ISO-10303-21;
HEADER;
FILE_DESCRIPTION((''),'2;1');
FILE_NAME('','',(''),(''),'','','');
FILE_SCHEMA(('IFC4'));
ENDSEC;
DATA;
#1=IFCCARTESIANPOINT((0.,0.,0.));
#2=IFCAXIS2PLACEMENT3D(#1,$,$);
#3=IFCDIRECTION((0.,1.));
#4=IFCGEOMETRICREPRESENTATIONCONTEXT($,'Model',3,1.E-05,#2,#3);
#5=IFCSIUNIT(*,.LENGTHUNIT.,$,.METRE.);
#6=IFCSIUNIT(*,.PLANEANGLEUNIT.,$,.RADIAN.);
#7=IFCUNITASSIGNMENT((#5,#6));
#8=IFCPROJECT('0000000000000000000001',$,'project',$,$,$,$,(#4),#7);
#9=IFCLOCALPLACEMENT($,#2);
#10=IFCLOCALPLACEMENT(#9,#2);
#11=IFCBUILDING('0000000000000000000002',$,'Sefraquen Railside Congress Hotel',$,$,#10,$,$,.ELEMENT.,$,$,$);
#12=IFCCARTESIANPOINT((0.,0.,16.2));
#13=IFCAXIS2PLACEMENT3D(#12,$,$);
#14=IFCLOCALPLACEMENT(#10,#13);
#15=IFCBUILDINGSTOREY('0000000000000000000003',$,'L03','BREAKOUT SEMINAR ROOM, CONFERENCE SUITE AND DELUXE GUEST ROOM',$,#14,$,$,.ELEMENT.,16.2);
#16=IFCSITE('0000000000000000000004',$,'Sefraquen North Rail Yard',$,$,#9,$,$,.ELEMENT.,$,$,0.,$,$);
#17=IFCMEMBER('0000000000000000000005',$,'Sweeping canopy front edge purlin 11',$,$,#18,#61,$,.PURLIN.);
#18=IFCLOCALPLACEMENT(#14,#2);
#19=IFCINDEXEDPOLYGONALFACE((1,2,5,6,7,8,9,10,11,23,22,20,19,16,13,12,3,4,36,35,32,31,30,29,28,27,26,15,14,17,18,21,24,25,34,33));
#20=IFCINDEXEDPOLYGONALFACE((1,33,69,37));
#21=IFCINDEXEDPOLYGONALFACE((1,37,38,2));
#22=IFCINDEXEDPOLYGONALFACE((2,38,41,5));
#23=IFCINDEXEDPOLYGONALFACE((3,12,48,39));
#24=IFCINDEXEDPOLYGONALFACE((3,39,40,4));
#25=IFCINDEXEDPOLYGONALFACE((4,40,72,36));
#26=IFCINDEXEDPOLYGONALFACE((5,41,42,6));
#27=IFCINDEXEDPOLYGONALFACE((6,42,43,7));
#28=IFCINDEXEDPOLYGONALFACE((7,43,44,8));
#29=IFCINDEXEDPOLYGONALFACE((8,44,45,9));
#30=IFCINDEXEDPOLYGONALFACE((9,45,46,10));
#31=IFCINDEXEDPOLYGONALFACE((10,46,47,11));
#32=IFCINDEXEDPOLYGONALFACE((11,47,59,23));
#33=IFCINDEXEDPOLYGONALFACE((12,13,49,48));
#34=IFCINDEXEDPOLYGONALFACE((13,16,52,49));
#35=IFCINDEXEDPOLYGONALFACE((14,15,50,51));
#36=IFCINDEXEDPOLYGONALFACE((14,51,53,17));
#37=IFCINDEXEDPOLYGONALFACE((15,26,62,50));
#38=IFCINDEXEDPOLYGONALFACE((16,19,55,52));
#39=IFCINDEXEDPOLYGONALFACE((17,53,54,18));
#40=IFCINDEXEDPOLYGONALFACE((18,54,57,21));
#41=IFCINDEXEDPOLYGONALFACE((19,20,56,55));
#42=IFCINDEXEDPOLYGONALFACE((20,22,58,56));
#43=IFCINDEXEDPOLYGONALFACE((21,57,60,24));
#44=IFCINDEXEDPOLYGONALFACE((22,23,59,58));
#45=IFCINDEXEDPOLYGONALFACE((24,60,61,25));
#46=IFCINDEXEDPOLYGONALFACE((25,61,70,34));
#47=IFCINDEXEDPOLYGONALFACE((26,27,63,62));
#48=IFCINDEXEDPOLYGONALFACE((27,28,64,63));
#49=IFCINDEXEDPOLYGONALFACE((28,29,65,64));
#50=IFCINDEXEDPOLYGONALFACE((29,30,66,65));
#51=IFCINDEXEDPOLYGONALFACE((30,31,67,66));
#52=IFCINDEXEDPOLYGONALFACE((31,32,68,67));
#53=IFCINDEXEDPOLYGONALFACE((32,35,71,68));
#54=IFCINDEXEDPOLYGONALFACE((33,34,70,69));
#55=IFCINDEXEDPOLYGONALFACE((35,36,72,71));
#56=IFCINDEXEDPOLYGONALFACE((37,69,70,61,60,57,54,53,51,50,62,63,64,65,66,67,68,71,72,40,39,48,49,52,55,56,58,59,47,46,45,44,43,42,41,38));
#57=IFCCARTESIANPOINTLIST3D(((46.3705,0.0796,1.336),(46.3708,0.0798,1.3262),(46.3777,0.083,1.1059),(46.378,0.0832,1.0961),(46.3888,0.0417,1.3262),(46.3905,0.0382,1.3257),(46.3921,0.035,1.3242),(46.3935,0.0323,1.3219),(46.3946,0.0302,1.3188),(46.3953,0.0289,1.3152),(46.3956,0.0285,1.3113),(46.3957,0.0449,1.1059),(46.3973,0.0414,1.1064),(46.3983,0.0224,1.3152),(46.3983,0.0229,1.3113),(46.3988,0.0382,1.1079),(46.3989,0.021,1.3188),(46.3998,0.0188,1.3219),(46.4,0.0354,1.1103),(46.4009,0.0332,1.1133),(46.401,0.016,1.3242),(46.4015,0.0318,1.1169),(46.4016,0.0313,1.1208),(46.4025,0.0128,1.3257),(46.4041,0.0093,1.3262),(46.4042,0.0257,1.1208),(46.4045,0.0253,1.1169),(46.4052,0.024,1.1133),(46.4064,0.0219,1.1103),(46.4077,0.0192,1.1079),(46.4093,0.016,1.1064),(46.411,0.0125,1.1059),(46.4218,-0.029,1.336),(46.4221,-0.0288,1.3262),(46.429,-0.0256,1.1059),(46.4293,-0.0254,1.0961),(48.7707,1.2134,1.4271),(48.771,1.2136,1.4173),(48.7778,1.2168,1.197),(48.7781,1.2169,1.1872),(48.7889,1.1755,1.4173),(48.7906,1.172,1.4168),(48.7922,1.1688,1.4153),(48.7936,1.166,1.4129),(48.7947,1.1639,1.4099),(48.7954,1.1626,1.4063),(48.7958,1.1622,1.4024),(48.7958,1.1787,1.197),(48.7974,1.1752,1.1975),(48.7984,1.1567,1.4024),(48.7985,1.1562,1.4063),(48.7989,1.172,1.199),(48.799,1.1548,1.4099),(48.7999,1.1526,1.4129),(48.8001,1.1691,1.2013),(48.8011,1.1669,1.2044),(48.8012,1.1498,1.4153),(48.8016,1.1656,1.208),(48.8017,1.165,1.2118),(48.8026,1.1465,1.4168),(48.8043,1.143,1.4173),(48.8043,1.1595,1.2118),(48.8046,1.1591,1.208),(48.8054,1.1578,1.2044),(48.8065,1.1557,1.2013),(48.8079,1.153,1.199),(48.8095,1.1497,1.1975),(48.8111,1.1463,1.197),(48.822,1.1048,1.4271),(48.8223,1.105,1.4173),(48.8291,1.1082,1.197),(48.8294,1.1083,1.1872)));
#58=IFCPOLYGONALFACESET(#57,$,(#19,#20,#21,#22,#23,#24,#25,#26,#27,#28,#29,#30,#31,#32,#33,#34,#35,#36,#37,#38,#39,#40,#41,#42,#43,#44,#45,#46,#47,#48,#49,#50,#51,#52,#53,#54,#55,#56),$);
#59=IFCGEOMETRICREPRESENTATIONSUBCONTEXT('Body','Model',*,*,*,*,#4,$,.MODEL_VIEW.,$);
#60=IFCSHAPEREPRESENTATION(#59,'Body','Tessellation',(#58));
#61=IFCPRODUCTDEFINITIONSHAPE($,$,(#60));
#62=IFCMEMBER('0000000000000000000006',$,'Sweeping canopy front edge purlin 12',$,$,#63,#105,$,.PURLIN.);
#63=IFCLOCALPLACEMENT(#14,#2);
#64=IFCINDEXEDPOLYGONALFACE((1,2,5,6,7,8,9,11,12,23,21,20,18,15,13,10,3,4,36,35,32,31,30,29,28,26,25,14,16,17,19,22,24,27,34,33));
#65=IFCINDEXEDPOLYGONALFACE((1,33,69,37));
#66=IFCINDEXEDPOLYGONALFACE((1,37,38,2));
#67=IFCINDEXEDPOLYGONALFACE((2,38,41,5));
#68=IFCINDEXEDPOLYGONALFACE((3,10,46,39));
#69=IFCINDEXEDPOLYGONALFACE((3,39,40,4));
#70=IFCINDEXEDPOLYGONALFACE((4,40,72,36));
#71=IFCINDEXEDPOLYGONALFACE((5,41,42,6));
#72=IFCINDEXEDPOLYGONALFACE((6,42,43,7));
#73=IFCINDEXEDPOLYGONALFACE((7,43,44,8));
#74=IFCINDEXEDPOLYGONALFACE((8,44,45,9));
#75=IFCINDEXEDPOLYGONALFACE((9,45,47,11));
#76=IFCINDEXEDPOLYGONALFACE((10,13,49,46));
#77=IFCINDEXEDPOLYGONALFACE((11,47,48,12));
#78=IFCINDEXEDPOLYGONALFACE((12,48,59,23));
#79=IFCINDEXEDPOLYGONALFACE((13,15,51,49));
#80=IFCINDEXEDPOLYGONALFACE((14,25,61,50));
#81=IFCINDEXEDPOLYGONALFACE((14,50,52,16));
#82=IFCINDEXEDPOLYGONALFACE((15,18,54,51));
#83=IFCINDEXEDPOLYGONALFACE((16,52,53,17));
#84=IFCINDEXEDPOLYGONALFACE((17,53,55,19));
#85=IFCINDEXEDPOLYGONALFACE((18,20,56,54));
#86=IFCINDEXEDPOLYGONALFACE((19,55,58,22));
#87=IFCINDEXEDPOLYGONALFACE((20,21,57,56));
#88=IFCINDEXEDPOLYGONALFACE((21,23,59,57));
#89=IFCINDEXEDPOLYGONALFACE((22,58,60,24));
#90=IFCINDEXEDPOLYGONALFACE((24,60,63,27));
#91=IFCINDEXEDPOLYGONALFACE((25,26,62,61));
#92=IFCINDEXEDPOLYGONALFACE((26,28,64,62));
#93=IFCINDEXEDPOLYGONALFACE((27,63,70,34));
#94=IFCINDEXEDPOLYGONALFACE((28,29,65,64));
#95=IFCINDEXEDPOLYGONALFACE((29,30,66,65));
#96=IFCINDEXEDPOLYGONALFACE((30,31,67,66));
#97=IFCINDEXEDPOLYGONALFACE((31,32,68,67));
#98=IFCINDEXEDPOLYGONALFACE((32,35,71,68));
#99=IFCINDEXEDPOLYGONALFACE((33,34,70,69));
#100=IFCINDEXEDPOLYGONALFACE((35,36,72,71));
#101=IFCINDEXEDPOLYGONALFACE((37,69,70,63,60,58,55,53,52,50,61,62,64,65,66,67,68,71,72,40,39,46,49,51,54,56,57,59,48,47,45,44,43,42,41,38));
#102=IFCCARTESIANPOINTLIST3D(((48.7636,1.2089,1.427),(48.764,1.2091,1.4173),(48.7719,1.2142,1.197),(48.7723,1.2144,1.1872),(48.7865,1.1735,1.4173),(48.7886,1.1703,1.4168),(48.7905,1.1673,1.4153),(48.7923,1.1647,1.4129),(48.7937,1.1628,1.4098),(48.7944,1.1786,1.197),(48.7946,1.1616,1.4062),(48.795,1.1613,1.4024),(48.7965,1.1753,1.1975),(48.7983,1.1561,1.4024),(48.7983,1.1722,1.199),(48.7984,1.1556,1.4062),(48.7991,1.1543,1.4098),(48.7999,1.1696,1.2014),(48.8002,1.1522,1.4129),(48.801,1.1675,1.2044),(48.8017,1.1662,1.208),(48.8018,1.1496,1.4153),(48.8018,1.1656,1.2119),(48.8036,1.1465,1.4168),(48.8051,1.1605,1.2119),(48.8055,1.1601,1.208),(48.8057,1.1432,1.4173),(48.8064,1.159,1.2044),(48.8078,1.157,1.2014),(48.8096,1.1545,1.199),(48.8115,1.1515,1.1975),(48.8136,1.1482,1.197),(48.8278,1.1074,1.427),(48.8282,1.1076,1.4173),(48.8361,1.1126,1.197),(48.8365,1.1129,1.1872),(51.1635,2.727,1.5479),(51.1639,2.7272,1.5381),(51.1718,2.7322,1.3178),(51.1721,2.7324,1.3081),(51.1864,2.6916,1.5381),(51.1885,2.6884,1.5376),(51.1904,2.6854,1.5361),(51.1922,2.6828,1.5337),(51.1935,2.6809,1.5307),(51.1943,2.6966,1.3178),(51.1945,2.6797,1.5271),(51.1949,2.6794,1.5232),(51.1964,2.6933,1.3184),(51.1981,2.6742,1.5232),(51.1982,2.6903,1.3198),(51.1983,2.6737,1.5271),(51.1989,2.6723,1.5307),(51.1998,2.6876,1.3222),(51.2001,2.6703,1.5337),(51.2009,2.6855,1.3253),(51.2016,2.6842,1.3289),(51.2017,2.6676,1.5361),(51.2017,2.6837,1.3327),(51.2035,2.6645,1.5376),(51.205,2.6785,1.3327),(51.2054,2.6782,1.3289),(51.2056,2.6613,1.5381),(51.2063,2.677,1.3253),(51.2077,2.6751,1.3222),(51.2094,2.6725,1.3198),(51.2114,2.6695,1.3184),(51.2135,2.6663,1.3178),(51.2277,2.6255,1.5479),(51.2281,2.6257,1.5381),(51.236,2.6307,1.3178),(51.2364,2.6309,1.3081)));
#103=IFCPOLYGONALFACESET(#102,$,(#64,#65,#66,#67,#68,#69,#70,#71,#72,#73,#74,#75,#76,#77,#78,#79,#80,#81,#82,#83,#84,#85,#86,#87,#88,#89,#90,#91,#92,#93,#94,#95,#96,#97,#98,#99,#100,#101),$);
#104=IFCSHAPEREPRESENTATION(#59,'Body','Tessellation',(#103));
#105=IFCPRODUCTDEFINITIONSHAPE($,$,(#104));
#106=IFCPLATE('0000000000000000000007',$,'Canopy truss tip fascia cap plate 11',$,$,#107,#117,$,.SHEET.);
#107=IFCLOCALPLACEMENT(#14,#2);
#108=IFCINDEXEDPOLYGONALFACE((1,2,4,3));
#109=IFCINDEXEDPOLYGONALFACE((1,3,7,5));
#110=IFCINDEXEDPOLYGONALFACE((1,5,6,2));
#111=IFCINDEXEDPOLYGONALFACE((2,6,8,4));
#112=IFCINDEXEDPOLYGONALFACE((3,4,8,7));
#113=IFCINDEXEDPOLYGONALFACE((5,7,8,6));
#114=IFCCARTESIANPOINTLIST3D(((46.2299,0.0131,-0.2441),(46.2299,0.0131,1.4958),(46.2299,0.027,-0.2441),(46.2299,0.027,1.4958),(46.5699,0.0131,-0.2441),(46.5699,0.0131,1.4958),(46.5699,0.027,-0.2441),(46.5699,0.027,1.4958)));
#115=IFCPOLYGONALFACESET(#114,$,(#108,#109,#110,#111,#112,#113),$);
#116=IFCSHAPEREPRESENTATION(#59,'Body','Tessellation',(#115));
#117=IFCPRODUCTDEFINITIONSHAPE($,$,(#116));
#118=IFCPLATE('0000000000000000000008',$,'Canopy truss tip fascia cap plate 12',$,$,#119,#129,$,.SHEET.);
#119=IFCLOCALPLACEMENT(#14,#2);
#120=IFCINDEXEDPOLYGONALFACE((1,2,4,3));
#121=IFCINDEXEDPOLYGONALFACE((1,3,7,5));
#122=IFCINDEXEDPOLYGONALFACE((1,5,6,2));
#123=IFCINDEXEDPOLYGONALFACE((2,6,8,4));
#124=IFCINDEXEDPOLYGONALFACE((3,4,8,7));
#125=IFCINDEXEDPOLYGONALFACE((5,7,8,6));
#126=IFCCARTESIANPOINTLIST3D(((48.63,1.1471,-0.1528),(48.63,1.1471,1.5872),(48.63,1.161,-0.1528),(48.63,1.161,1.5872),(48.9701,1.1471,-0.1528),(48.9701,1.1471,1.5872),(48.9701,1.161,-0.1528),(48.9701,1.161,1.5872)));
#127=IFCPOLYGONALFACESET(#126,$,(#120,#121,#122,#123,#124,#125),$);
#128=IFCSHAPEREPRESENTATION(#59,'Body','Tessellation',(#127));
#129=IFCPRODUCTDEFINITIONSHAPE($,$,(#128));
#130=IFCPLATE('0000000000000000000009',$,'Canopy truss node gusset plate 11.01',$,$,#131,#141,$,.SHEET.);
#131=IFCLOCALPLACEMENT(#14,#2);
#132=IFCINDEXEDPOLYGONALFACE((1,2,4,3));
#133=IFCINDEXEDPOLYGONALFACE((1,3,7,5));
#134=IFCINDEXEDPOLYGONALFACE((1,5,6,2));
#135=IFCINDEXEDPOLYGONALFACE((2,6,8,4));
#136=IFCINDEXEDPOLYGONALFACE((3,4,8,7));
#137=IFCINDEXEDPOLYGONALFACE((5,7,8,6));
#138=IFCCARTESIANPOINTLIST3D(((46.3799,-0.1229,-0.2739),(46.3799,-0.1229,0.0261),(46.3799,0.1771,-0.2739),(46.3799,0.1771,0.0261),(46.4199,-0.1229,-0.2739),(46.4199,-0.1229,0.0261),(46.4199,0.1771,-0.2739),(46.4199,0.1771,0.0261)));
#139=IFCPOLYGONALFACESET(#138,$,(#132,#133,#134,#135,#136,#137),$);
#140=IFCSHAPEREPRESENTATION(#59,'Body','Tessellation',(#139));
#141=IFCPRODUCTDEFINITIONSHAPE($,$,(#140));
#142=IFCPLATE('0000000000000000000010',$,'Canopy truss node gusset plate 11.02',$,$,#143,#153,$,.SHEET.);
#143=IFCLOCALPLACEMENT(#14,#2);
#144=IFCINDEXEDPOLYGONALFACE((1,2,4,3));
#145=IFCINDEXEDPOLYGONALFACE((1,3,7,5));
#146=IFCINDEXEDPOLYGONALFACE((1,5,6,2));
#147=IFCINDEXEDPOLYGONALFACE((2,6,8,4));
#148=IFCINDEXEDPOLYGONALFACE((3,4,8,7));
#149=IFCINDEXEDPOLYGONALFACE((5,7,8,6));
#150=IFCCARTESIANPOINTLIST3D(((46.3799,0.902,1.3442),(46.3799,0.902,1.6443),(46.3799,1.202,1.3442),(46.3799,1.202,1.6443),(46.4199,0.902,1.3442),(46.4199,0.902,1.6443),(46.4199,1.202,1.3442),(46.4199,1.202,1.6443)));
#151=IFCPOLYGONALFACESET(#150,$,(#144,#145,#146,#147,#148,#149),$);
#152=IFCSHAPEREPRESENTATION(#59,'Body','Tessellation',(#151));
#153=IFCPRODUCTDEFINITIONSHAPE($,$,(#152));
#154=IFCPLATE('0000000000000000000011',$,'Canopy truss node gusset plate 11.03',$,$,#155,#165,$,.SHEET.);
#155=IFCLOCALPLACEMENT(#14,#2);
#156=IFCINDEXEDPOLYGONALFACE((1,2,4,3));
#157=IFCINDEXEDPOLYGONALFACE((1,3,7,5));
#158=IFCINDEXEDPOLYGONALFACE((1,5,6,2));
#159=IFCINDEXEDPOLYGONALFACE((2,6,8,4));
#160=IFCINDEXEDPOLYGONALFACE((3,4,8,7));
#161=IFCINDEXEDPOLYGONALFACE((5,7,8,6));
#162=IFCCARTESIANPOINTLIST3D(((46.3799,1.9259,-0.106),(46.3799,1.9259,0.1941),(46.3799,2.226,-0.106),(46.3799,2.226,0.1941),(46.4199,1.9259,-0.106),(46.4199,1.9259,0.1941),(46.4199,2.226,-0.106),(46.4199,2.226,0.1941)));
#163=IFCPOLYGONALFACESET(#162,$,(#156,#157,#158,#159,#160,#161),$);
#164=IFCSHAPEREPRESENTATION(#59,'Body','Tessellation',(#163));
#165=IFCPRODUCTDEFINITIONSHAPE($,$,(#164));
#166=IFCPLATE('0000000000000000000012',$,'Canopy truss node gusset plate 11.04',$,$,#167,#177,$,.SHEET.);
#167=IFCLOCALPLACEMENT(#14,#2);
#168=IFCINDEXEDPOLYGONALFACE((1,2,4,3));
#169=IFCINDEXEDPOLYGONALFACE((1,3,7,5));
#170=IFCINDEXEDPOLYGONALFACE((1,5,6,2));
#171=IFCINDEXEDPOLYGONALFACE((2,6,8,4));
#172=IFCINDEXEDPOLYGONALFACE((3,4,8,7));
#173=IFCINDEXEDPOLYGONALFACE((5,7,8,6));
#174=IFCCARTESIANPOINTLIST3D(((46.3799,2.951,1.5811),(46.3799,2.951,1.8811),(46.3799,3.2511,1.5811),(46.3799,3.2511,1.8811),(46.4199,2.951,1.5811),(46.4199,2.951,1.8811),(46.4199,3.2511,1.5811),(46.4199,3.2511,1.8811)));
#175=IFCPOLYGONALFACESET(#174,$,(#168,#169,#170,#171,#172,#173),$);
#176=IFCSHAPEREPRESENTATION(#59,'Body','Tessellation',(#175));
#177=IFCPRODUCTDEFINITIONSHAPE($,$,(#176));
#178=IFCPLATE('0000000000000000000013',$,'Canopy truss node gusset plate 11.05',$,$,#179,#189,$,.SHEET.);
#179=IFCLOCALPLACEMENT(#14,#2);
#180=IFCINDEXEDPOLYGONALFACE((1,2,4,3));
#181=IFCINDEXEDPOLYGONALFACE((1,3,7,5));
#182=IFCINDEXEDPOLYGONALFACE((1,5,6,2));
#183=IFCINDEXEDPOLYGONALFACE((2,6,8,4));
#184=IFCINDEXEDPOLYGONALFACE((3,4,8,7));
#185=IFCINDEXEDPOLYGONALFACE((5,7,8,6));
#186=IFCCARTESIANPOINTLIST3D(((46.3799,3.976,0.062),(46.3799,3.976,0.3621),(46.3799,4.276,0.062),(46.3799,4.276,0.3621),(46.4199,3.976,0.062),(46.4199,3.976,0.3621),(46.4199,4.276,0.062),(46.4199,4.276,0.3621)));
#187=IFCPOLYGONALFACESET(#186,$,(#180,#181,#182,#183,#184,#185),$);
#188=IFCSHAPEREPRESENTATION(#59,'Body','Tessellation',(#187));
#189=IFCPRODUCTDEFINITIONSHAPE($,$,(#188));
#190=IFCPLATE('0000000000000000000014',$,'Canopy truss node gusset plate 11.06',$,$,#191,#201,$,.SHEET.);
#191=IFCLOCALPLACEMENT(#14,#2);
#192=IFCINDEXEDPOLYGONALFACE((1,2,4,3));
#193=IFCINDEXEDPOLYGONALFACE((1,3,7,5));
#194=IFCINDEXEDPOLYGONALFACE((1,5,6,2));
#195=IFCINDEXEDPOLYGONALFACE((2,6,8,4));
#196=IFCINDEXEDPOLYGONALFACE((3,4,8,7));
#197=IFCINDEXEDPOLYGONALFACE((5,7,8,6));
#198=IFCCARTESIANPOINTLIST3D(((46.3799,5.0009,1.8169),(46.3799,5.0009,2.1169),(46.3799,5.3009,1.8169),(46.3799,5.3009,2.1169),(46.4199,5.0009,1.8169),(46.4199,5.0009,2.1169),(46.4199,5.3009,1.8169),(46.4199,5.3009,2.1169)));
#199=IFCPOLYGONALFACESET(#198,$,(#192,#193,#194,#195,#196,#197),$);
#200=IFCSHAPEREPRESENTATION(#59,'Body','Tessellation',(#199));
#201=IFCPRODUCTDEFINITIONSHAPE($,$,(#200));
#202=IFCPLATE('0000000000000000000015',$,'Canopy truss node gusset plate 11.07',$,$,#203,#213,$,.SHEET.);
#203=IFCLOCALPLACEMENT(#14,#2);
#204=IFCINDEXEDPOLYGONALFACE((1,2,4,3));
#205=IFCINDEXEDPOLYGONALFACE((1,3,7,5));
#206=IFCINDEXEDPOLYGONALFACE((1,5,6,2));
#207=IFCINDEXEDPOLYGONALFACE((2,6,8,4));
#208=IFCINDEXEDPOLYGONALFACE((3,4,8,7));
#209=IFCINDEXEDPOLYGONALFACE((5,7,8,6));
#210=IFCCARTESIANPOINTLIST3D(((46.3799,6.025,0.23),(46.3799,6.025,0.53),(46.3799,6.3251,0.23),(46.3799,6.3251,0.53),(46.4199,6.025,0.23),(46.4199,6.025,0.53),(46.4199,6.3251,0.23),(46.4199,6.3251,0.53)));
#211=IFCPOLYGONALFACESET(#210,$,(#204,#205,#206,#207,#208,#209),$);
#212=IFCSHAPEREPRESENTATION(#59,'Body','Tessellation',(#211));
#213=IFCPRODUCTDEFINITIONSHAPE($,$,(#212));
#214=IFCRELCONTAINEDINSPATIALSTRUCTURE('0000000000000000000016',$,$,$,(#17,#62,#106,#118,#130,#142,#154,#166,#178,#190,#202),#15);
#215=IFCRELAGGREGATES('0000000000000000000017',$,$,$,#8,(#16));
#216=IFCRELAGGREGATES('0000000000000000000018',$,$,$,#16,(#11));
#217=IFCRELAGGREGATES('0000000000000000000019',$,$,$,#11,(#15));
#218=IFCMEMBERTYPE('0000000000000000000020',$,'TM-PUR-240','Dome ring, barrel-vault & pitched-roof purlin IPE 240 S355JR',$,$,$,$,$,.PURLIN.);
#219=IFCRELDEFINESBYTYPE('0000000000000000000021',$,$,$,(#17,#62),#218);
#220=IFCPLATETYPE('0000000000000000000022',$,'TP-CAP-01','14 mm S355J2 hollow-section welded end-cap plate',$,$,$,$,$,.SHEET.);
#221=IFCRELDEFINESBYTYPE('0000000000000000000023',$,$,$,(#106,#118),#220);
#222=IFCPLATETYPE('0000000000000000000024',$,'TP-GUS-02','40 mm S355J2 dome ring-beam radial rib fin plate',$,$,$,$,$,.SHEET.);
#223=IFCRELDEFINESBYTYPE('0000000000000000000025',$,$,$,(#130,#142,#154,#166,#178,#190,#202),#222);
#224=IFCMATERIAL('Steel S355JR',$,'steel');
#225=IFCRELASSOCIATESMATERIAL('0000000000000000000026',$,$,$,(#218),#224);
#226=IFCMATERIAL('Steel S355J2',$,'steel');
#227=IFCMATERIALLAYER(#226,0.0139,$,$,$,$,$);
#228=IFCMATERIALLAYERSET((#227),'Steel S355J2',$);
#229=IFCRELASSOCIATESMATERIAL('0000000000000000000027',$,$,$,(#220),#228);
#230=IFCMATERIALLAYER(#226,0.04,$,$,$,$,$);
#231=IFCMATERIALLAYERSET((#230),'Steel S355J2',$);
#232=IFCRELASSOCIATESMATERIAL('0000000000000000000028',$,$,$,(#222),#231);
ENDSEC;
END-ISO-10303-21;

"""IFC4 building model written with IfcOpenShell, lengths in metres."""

from ifc_helpers import new_model, si_unit, direction, frame, origin, origin_2d, place, context, subcontext, project, spatial, rectangle, i_section, extrude, material, layer, layer_set, material_profile, profile_set, type_object, element, save


model = new_model("IFC4")

# Units and contexts
model_context = context("Model", 3, precision=1e-05, world=origin(), true_north=direction((0.0, 1.0)))
body_context = subcontext(model_context, "Body", "Model", "MODEL_VIEW")
ifc_project = project(units=[si_unit("LENGTHUNIT", "METRE"), si_unit("PLANEANGLEUNIT", "RADIAN")], contexts=[model_context])

# Site, building, storey
site_placement = place(None, origin())
site = spatial("IfcSite", under=ifc_project, at=site_placement, Name="Sefraquen North Rail Yard", CompositionType="ELEMENT", RefElevation=0.0)
building_placement = place(site_placement, origin())
building = spatial("IfcBuilding", under=site, at=building_placement, Name="Sefraquen Railside Congress Hotel", CompositionType="ELEMENT")
storey_placement = place(building_placement, frame((0.0, 0.0, 16.2)))
storey = spatial("IfcBuildingStorey", under=building, at=storey_placement, Name="L03", Description="BREAKOUT SEMINAR ROOM, CONFERENCE SUITE AND DELUXE GUEST ROOM", CompositionType="ELEMENT", Elevation=16.2)

# Shared definitions
ifc_material_1 = material(Name="Steel S355JR", Category="steel")

# Members
ifc_material_2 = material(Name="Steel S355J2", Category="steel")
ifc_material_profile_1 = material_profile(ifc_material_1, i_section(OverallWidth=0.1201, OverallDepth=0.24, WebThickness=0.0061, FlangeThickness=0.0098, FilletRadius=0.0149, at=origin_2d()), Name="IPE 240")
ifc_profile_set_1 = profile_set([ifc_material_profile_1], Name="Steel S355JR")
member_type_1 = type_object("IfcMemberType", Name="TM-PUR-240", Description="Dome ring, barrel-vault & pitched-roof purlin IPE 240 S355JR", PredefinedType="PURLIN", material=ifc_profile_set_1)
member_1_placement = place(storey_placement, frame((46.3999, 0.0271, 1.2161), z_axis=(0.903661, 0.426874, 0.034286), x_axis=(-0.427125, 0.904192, 0.0)))
element("IfcMember", 1, at=member_1_placement, inside=storey, type_object=member_type_1, Name="Sweeping canopy front edge purlin 11", PredefinedType="PURLIN", context=body_context, shape_type="SweptSolid", body=[
    extrude(i_section(OverallWidth=0.1201, OverallDepth=0.24, WebThickness=0.0061, FlangeThickness=0.0098, FilletRadius=0.0149, at=origin_2d()), origin(), (0.0, 0.0, 1.0), 2.656),
])
member_2_placement = place(storey_placement, frame((48.8, 1.1609, 1.3071), z_axis=(0.844353, 0.534098, 0.042518), x_axis=(-0.534582, 0.845117, 0.0)))
element("IfcMember", 2, at=member_2_placement, inside=storey, type_object=member_type_1, Name="Sweeping canopy front edge purlin 12", PredefinedType="PURLIN", context=body_context, shape_type="SweptSolid", body=[
    extrude(i_section(OverallWidth=0.1201, OverallDepth=0.24, WebThickness=0.0061, FlangeThickness=0.0098, FilletRadius=0.0149, at=origin_2d()), origin(), (0.0, 0.0, 1.0), 2.8423),
])

# Plates
ifc_layer_1 = layer(ifc_material_2, 0.0139)
ifc_layer_set_1 = layer_set([ifc_layer_1], Name="Steel S355J2")
plate_type_1 = type_object("IfcPlateType", Name="TP-CAP-01", Description="14 mm S355J2 hollow-section welded end-cap plate", PredefinedType="SHEET", material=ifc_layer_set_1)
for number, where, z_axis, x_axis, name in (
    (3, (46.3999, 0.02, -0.2441), (0.0, 0.0, 1.0), (1.0, 0.0, 0.0), "Canopy truss tip fascia cap plate 11"),
    (4, (48.8, 1.1541, -0.1528), (0.0, 0.0, 1.0), (1.0, 0.0, 0.0), "Canopy truss tip fascia cap plate 12"),
):
    element("IfcPlate", number, at=place(storey_placement, frame(where, z_axis=z_axis, x_axis=x_axis)), inside=storey, type_object=plate_type_1, Name=name, PredefinedType="SHEET", context=body_context, shape_type="SweptSolid", body=[
        extrude(rectangle(XDim=0.3401, YDim=0.0139, at=origin_2d()), origin(), (0.0, 0.0, 1.0), 1.74),
    ])
ifc_layer_2 = layer(ifc_material_2, 0.04)
ifc_layer_set_2 = layer_set([ifc_layer_2], Name="Steel S355J2")
plate_type_2 = type_object("IfcPlateType", Name="TP-GUS-02", Description="40 mm S355J2 dome ring-beam radial rib fin plate", PredefinedType="SHEET", material=ifc_layer_set_2)
for number, where, z_axis, x_axis, name in (
    (5, (46.3999, 0.0271, -0.2739), (0.0, 0.0, 1.0), (1.0, 0.0, 0.0), "Canopy truss node gusset plate 11.01"),
    (6, (46.3999, 1.052, 1.3442), (0.0, 0.0, 1.0), (1.0, 0.0, 0.0), "Canopy truss node gusset plate 11.02"),
    (7, (46.3999, 2.0759, -0.106), (0.0, 0.0, 1.0), (1.0, 0.0, 0.0), "Canopy truss node gusset plate 11.03"),
    (8, (46.3999, 3.1011, 1.5811), (0.0, 0.0, 1.0), (1.0, 0.0, 0.0), "Canopy truss node gusset plate 11.04"),
    (9, (46.3999, 4.126, 0.062), (0.0, 0.0, 1.0), (1.0, 0.0, 0.0), "Canopy truss node gusset plate 11.05"),
    (10, (46.3999, 5.1509, 1.8169), (0.0, 0.0, 1.0), (1.0, 0.0, 0.0), "Canopy truss node gusset plate 11.06"),
    (11, (46.3999, 6.175, 0.23), (0.0, 0.0, 1.0), (1.0, 0.0, 0.0), "Canopy truss node gusset plate 11.07"),
):
    element("IfcPlate", number, at=place(storey_placement, frame(where, z_axis=z_axis, x_axis=x_axis)), inside=storey, type_object=plate_type_2, Name=name, PredefinedType="SHEET", context=body_context, shape_type="SweptSolid", body=[
        extrude(rectangle(XDim=0.04, YDim=0.3, at=origin_2d()), origin(), (0.0, 0.0, 1.0), 0.3),
    ])

save(model, "model.ifc")
